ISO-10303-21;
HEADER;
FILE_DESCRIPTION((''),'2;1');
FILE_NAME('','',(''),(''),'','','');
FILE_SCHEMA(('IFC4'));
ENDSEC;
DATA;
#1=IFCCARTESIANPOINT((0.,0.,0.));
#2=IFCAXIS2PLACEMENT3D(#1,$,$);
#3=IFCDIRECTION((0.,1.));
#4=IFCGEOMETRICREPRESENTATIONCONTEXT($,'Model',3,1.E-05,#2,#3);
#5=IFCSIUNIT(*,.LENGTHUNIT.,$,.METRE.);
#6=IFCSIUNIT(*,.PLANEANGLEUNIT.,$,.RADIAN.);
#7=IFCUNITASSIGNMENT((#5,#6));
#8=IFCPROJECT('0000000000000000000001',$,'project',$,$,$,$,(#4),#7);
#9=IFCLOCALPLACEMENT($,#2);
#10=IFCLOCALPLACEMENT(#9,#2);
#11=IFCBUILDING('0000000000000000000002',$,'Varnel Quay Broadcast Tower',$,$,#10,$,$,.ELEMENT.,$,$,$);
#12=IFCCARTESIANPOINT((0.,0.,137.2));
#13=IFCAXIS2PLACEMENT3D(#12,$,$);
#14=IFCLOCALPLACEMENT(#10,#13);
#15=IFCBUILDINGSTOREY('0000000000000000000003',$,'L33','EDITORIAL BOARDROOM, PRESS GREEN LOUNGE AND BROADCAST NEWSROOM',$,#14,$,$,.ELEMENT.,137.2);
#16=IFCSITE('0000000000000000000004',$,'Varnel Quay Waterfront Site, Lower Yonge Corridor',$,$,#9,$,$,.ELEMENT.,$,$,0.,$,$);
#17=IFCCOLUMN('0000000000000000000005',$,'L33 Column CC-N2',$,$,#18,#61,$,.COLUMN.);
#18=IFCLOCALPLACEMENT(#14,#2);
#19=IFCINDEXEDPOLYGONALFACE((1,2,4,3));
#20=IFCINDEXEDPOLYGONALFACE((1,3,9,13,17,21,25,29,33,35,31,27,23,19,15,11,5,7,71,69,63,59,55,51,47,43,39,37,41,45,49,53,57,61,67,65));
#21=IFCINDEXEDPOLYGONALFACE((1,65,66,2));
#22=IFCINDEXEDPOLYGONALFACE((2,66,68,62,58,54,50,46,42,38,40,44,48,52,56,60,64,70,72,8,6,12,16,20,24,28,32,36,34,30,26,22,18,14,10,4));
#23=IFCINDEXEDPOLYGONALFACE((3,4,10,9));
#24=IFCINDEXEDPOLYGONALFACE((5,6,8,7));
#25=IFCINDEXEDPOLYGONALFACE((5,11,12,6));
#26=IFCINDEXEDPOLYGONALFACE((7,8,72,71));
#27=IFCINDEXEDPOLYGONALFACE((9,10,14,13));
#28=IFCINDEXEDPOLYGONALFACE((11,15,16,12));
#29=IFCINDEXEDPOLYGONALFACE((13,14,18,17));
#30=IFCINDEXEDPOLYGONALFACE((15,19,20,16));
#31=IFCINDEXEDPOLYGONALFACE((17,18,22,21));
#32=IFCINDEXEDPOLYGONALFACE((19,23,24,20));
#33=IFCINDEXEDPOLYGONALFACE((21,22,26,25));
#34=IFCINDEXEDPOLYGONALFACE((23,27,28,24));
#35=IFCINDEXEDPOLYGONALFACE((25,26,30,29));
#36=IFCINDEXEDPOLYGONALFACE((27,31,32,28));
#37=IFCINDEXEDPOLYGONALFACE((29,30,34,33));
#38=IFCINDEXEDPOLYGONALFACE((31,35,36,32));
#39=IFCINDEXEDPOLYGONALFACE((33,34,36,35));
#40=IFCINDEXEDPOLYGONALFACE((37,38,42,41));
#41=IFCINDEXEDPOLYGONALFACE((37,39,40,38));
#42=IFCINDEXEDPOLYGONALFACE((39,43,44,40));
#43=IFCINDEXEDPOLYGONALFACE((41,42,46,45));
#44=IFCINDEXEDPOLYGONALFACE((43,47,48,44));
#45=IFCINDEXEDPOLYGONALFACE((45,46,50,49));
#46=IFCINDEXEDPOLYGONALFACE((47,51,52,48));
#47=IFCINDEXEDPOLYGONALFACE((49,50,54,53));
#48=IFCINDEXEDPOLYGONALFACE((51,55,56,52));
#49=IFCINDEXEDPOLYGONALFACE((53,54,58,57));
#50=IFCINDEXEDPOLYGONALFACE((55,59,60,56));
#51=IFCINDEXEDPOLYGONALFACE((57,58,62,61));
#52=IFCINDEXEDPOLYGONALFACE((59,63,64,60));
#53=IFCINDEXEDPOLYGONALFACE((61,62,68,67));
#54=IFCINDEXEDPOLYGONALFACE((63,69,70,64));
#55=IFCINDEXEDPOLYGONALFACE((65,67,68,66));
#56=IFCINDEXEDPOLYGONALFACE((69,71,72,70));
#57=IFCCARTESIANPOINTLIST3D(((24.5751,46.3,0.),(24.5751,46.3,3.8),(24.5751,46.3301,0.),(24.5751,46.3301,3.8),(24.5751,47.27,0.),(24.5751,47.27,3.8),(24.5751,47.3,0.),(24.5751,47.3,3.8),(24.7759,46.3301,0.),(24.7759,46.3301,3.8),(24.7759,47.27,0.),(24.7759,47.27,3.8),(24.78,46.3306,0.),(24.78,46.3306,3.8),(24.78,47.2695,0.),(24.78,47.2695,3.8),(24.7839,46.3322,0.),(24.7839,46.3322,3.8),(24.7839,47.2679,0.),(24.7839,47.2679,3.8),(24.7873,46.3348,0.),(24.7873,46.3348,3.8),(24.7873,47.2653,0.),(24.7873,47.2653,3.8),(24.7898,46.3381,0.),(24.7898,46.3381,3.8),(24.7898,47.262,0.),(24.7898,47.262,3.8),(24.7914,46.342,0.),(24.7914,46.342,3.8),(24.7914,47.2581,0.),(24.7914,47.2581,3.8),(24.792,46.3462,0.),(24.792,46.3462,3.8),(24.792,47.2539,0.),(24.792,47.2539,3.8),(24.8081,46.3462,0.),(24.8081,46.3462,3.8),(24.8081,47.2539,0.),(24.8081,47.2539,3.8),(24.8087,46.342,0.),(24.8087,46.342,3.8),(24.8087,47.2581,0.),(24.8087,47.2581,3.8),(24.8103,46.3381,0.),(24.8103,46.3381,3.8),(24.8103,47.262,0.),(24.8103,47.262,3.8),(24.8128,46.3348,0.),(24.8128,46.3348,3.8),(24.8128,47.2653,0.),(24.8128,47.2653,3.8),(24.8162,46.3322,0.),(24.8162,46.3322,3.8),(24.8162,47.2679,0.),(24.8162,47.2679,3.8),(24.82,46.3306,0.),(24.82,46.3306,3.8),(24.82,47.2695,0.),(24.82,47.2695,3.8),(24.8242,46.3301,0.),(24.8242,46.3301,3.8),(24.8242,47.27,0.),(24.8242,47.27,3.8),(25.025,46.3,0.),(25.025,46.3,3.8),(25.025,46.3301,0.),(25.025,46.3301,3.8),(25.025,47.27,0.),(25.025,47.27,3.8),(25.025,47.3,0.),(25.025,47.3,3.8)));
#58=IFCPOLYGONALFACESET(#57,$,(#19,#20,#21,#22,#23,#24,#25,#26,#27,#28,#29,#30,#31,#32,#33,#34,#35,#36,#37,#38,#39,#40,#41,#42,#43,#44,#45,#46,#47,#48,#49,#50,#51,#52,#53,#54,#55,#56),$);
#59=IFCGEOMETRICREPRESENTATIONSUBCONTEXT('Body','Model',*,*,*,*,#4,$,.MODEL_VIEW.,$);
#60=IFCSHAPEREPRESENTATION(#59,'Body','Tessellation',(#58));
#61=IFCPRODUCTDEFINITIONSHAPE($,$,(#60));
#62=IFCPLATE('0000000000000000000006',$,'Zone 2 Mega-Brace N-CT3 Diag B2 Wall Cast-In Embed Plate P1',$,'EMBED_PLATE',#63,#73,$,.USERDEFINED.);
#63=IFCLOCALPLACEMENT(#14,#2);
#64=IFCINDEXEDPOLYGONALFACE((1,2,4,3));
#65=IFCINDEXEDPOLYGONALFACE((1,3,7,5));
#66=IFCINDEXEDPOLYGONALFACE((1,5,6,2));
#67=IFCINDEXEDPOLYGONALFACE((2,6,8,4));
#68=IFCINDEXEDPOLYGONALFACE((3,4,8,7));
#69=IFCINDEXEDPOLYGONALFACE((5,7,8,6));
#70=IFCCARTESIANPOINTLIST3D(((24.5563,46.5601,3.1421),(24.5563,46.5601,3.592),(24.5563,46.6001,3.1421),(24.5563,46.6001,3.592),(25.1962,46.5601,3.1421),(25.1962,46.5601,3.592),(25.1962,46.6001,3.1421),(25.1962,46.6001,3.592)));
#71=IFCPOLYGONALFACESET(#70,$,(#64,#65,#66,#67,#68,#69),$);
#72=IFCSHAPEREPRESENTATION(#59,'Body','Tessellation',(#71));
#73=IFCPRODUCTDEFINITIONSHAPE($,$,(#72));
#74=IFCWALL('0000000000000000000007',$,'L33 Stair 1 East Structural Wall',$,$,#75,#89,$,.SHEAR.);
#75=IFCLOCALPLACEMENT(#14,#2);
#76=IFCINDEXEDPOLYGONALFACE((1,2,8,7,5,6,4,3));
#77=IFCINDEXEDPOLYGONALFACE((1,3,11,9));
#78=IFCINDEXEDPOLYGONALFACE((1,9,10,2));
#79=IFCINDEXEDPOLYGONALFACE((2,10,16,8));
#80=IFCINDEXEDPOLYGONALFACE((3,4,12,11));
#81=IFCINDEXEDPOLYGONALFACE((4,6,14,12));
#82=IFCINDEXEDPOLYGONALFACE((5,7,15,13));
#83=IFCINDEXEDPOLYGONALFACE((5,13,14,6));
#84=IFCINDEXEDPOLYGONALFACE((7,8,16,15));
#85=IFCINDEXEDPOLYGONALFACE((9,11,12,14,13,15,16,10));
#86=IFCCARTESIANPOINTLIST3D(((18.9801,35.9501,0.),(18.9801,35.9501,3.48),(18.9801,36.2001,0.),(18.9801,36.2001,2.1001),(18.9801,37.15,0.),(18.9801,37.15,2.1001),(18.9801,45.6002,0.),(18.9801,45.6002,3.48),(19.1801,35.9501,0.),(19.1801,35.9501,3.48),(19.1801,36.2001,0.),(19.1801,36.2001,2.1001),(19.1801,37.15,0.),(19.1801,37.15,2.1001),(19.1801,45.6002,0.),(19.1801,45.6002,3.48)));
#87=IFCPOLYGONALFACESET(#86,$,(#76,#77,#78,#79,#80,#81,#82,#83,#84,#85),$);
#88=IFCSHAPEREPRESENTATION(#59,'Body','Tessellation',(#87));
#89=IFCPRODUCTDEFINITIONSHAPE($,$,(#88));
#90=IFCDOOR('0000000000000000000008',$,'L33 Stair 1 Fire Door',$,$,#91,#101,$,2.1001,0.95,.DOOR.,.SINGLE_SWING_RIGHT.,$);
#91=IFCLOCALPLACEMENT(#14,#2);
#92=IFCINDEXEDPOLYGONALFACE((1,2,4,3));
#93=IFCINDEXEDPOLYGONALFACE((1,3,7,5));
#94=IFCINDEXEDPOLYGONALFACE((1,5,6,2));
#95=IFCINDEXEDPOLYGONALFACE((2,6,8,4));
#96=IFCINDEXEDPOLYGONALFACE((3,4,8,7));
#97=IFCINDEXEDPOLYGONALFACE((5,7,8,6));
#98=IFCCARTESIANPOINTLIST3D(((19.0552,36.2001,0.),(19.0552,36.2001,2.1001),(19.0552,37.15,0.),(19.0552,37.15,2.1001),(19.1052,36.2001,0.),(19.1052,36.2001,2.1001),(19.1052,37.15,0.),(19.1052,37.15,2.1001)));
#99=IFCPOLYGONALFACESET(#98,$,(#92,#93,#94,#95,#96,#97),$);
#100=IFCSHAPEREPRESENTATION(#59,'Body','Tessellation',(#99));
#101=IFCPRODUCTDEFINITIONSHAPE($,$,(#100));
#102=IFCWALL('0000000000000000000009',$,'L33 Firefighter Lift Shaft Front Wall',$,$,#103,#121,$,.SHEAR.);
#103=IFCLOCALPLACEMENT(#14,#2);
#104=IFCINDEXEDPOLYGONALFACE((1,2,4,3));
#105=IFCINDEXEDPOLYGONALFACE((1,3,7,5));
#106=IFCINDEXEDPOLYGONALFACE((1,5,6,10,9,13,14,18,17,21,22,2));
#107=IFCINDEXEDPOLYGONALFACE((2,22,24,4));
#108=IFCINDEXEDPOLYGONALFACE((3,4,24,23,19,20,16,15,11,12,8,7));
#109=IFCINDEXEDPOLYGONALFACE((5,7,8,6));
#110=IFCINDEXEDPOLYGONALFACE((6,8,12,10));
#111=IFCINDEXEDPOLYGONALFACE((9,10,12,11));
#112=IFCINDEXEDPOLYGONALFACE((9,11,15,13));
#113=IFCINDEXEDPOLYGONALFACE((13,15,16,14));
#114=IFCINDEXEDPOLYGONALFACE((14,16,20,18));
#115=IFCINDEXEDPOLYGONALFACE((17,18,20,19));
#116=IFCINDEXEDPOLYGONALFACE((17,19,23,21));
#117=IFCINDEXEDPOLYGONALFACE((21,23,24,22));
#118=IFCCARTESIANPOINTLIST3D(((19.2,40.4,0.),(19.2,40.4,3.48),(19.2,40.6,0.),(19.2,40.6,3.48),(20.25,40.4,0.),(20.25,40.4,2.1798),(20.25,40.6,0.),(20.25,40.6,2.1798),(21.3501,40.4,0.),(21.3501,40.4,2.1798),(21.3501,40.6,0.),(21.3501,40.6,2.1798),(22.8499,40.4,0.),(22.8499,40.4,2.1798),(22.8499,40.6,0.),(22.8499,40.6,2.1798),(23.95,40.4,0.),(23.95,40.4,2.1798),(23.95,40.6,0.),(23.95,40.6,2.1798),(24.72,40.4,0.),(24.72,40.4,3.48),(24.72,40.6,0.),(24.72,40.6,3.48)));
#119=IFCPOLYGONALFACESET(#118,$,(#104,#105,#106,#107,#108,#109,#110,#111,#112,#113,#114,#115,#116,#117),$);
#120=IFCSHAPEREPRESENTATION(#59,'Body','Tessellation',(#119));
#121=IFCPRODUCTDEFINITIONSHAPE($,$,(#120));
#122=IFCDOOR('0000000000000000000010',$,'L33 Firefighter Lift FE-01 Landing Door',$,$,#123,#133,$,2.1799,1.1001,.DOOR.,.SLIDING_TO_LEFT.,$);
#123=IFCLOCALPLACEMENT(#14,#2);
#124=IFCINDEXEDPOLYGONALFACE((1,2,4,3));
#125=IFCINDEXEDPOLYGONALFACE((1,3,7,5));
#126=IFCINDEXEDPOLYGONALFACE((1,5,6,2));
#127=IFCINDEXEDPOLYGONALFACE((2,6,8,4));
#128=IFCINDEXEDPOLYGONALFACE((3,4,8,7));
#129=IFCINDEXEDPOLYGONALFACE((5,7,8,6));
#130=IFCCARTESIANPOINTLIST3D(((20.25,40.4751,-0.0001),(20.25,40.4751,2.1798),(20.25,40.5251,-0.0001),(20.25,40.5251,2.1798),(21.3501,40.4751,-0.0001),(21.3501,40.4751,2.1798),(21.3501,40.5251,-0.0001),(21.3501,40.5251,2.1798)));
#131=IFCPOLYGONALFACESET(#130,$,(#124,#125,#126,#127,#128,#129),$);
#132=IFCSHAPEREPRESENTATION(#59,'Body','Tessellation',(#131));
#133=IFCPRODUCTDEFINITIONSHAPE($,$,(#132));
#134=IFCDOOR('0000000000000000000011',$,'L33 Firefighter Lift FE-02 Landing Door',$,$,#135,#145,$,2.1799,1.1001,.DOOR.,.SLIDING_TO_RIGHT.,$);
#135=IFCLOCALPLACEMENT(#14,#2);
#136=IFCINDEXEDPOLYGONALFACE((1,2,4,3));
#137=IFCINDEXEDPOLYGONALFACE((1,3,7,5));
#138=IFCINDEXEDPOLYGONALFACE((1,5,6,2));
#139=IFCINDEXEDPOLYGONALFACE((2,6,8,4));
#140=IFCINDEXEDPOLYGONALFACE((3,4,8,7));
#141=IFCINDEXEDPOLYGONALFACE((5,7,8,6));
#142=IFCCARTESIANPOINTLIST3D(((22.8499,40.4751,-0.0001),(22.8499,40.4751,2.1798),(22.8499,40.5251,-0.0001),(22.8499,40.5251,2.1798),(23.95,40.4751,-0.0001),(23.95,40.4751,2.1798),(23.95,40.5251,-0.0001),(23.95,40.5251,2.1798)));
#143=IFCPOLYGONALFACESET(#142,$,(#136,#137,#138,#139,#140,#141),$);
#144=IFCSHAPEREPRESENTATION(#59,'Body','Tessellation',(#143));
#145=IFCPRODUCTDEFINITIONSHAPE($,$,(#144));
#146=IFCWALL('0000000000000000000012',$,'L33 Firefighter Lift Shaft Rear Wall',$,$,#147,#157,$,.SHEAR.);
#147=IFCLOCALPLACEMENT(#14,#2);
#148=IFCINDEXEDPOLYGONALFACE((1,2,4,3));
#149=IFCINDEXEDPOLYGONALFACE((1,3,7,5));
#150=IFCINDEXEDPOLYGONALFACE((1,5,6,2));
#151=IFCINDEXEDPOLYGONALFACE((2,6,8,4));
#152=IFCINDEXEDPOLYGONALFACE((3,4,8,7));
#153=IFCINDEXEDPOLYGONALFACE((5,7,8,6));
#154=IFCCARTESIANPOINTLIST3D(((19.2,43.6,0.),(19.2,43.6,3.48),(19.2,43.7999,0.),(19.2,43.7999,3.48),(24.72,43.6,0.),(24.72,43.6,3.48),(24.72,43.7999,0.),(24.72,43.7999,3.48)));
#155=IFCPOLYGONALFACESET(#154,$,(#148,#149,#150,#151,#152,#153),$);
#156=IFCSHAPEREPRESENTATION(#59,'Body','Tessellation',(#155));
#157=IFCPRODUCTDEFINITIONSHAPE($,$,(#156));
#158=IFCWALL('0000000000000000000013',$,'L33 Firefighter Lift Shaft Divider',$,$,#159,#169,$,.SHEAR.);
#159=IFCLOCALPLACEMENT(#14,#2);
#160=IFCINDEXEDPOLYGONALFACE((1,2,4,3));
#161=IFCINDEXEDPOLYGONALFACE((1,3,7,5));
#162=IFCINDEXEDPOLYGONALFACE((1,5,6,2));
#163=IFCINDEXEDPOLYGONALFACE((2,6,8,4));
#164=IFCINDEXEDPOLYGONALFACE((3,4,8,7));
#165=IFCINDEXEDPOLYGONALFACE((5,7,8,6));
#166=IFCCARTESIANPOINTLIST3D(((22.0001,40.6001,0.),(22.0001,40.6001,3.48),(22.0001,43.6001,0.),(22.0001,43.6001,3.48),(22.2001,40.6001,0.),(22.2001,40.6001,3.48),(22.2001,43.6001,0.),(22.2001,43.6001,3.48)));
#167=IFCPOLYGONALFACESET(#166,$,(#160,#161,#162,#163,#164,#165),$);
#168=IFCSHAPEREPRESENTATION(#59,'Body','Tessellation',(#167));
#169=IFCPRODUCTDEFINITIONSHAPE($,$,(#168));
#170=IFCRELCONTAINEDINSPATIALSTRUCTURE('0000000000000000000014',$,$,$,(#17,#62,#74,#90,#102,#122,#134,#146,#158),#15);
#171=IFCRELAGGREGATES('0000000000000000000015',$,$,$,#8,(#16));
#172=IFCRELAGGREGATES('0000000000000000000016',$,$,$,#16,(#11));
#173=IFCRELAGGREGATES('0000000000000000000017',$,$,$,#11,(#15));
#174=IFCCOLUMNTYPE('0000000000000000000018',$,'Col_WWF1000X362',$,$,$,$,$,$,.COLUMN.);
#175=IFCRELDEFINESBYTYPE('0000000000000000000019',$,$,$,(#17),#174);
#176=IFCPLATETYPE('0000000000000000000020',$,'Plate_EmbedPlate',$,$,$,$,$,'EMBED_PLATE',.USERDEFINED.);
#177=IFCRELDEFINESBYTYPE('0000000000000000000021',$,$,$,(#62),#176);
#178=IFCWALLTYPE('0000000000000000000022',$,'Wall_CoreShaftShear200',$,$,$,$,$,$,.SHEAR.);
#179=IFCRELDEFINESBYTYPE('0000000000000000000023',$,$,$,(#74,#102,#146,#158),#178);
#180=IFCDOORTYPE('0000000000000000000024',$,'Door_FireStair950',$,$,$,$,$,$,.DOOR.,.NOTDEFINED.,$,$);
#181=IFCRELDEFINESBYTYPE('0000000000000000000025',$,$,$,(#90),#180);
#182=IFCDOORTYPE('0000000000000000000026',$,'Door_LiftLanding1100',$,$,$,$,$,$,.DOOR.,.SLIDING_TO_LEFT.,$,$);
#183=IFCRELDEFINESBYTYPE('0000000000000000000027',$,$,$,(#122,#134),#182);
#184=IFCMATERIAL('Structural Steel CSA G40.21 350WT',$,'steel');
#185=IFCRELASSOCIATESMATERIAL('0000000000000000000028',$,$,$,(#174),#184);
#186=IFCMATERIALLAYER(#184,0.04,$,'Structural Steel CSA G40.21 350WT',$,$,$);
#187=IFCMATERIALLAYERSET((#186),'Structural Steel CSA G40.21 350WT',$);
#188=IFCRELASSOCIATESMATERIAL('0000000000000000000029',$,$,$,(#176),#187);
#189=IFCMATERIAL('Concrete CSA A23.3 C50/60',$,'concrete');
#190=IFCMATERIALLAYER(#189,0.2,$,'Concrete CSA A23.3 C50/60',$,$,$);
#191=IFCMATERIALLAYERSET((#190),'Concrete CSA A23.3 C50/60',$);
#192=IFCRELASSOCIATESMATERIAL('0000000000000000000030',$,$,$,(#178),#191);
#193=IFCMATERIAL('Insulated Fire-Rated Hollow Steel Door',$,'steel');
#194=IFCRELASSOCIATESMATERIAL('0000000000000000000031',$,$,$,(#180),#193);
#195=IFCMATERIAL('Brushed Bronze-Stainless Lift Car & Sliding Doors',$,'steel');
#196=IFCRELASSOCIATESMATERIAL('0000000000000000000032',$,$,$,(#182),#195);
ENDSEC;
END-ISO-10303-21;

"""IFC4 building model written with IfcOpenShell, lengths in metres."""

from ifc_helpers import new_model, si_unit, direction, frame, frame_2d, origin, origin_2d, place, context, subcontext, project, spatial, rectangle, i_section, extrude, source, transform, mapped, material, layer, layer_set, material_profile, profile_set, type_object, type_shapes, element, fill, save


model = new_model("IFC4")

# Units and contexts
model_context = context("Model", 3, precision=1e-05, world=origin(), true_north=direction((0.0, 1.0)))
body_context = subcontext(model_context, "Body", "Model", "MODEL_VIEW")
ifc_project = project(units=[si_unit("LENGTHUNIT", "METRE"), si_unit("PLANEANGLEUNIT", "RADIAN")], contexts=[model_context])

# Site, building, storey
site_placement = place(None, origin())
site = spatial("IfcSite", under=ifc_project, at=site_placement, Name="Varnel Quay Waterfront Site, Lower Yonge Corridor", CompositionType="ELEMENT", RefElevation=0.0)
building_placement = place(site_placement, origin())
building = spatial("IfcBuilding", under=site, at=building_placement, Name="Varnel Quay Broadcast Tower", CompositionType="ELEMENT")
storey_placement = place(building_placement, frame((0.0, 0.0, 137.2)))
storey = spatial("IfcBuildingStorey", under=building, at=storey_placement, Name="L33", Description="EDITORIAL BOARDROOM, PRESS GREEN LOUNGE AND BROADCAST NEWSROOM", CompositionType="ELEMENT", Elevation=137.2)

# Column
ifc_material_1 = material(Name="Structural Steel CSA G40.21 350WT", Category="steel")
ifc_material_profile = material_profile(ifc_material_1, i_section(OverallWidth=0.45, OverallDepth=1.0, WebThickness=0.0161, FlangeThickness=0.03, FilletRadius=0.0161, at=origin_2d()), Name="WWF1000X362")
ifc_profile_set = profile_set([ifc_material_profile], Name="Structural Steel CSA G40.21 350WT")
column_type = type_object("IfcColumnType", Name="Col_WWF1000X362", PredefinedType="COLUMN", material=ifc_profile_set)
shared_shape_1 = source(origin(), body_context, "Body", "SweptSolid", [
    extrude(i_section(OverallWidth=0.45, OverallDepth=1.0, WebThickness=0.0161, FlangeThickness=0.03, FilletRadius=0.0161, at=origin_2d()), origin(), (0.0, 0.0, 1.0), 3.8),
])
type_shapes(column_type, [shared_shape_1])
column_placement = place(storey_placement, frame((24.8, 46.8, 0.0), z_axis=(0.0, 0.0, 1.0), x_axis=(1.0, 0.0, 0.0)))
element("IfcColumn", 1, at=column_placement, inside=storey, type_object=column_type, Name="L33 Column CC-N2", PredefinedType="COLUMN", context=body_context, shape_type="MappedRepresentation", body=[
    mapped(shared_shape_1, transform((0.0, 0.0, 0.0), x_axis=(1.0, 0.0, 0.0), y_axis=(0.0, 1.0, 0.0), z_axis=(0.0, 0.0, 1.0), scale=1.0)),
])

# Plate
ifc_layer_1 = layer(ifc_material_1, 0.04, Name="Structural Steel CSA G40.21 350WT")
ifc_layer_set_1 = layer_set([ifc_layer_1], Name="Structural Steel CSA G40.21 350WT")
plate_type = type_object("IfcPlateType", Name="Plate_EmbedPlate", ElementType="EMBED_PLATE", PredefinedType="USERDEFINED", material=ifc_layer_set_1)
shared_shape_2 = source(origin(), body_context, "Body", "SweptSolid", [
    extrude(rectangle(XDim=0.6399, YDim=0.04, at=origin_2d()), origin(), (0.0, 0.0, 1.0), 0.45),
])
type_shapes(plate_type, [shared_shape_2])
plate_placement = place(storey_placement, frame((24.8762, 46.5801, 3.1421), z_axis=(0.0, 0.0, 1.0), x_axis=(1.0, 0.0, 0.0)))
element("IfcPlate", 2, at=plate_placement, inside=storey, type_object=plate_type, Name="Zone 2 Mega-Brace N-CT3 Diag B2 Wall Cast-In Embed Plate P1", ObjectType="EMBED_PLATE", PredefinedType="USERDEFINED", context=body_context, shape_type="MappedRepresentation", body=[
    mapped(shared_shape_2, transform((0.0, 0.0, 0.0), x_axis=(1.0, 0.0, 0.0), y_axis=(0.0, 1.0, 0.0), z_axis=(0.0, 0.0, 1.0), scale=1.0)),
])

# Wall, opening, door
ifc_material_2 = material(Name="Concrete CSA A23.3 C50/60", Category="concrete")
ifc_layer_2 = layer(ifc_material_2, 0.2, Name="Concrete CSA A23.3 C50/60")
ifc_layer_set_2 = layer_set([ifc_layer_2], Name="Concrete CSA A23.3 C50/60")
wall_type_1 = type_object("IfcWallType", Name="Wall_CoreShaftShear200", PredefinedType="SHEAR", material=ifc_layer_set_2)
wall_1_placement = place(storey_placement, frame((19.0801, 35.95, 0.0), z_axis=(0.0, 0.0, 1.0), x_axis=(0.0, 1.0, 0.0)))
wall_1 = element("IfcWall", 3, at=wall_1_placement, inside=storey, type_object=wall_type_1, Name="L33 Stair 1 East Structural Wall", PredefinedType="SHEAR", context=body_context, shape_type="SweptSolid", body=[
    extrude(rectangle(XDim=9.6501, YDim=0.2, at=frame_2d((4.8252, 0.0))), origin(), (0.0, 0.0, 1.0), 3.48),
])
opening_1_placement = place(wall_1_placement, frame((0.25, 0.0, 0.0)))
opening_1 = element("IfcOpeningElement", 4, at=opening_1_placement, cuts=wall_1, PredefinedType="OPENING", context=body_context, shape_type="SweptSolid", body=[
    extrude(rectangle(XDim=0.95, YDim=2.1001, at=frame_2d((0.4751, 1.05))), frame((0.0, 0.1099, 0.0), z_axis=(0.0, -1.0, 0.0), x_axis=(1.0, 0.0, 0.0)), (0.0, 0.0, 1.0), 0.22),
])
ifc_material_3 = material(Name="Insulated Fire-Rated Hollow Steel Door", Category="steel")
door_type_1 = type_object("IfcDoorType", Name="Door_FireStair950", OperationType="NOTDEFINED", PredefinedType="DOOR", material=ifc_material_3)
shared_shape_3 = source(origin(), body_context, "Body", "SweptSolid", [
    extrude(rectangle(XDim=0.95, YDim=2.1001, at=frame_2d((0.4751, 1.05))), frame((0.0, 0.0249, 0.0), z_axis=(0.0, -1.0, 0.0), x_axis=(1.0, 0.0, 0.0)), (0.0, 0.0, 1.0), 0.05),
])
type_shapes(door_type_1, [shared_shape_3])
door_1_placement = place(opening_1_placement, origin())
door_1 = element("IfcDoor", 5, at=door_1_placement, inside=storey, type_object=door_type_1, Name="L33 Stair 1 Fire Door", OperationType="SINGLE_SWING_RIGHT", OverallHeight=2.1001, OverallWidth=0.95, PredefinedType="DOOR", context=body_context, shape_type="MappedRepresentation", body=[
    mapped(shared_shape_3, transform((0.0, 0.0, 0.0), x_axis=(1.0, 0.0, 0.0), y_axis=(0.0, 1.0, 0.0), z_axis=(0.0, 0.0, 1.0), scale=1.0)),
])
fill(opening_1, door_1)

# Wall, openings, doors
wall_2_placement = place(storey_placement, frame((19.2, 40.5, 0.0), z_axis=(0.0, 0.0, 1.0), x_axis=(1.0, 0.0, 0.0)))
wall_2 = element("IfcWall", 6, at=wall_2_placement, inside=storey, type_object=wall_type_1, Name="L33 Firefighter Lift Shaft Front Wall", PredefinedType="SHEAR", context=body_context, shape_type="SweptSolid", body=[
    extrude(rectangle(XDim=5.52, YDim=0.2, at=frame_2d((2.76, 0.0))), origin(), (0.0, 0.0, 1.0), 3.48),
])
opening_2_placement = place(wall_2_placement, frame((1.05, 0.0, 0.0)))
opening_2 = element("IfcOpeningElement", 7, at=opening_2_placement, cuts=wall_2, PredefinedType="OPENING", context=body_context, shape_type="SweptSolid", body=[
    extrude(rectangle(XDim=1.1001, YDim=2.1799, at=frame_2d((0.55, 1.0898))), frame((0.0, 0.1099, 0.0), z_axis=(0.0, -1.0, 0.0), x_axis=(1.0, 0.0, 0.0)), (0.0, 0.0, 1.0), 0.22),
])
opening_3_placement = place(wall_2_placement, frame((3.6499, 0.0, 0.0)))
opening_3 = element("IfcOpeningElement", 8, at=opening_3_placement, cuts=wall_2, PredefinedType="OPENING", context=body_context, shape_type="SweptSolid", body=[
    extrude(rectangle(XDim=1.1001, YDim=2.1799, at=frame_2d((0.55, 1.0898))), frame((0.0, 0.1099, 0.0), z_axis=(0.0, -1.0, 0.0), x_axis=(1.0, 0.0, 0.0)), (0.0, 0.0, 1.0), 0.22),
])
ifc_material_4 = material(Name="Brushed Bronze-Stainless Lift Car & Sliding Doors", Category="steel")
door_type_2 = type_object("IfcDoorType", Name="Door_LiftLanding1100", OperationType="SLIDING_TO_LEFT", PredefinedType="DOOR", material=ifc_material_4)
shared_shape_4 = source(origin(), body_context, "Body", "SweptSolid", [
    extrude(rectangle(XDim=1.1001, YDim=2.1799, at=frame_2d((0.55, 1.0898))), frame((0.0, 0.0249, 0.0), z_axis=(0.0, -1.0, 0.0), x_axis=(1.0, 0.0, 0.0)), (0.0, 0.0, 1.0), 0.05),
])
type_shapes(door_type_2, [shared_shape_4])
door_2_placement = place(opening_2_placement, frame((1.1001, 0.0, 0.0), z_axis=(0.0, 0.0, 1.0), x_axis=(-1.0, 0.0, 0.0)))
door_2 = element("IfcDoor", 9, at=door_2_placement, inside=storey, type_object=door_type_2, Name="L33 Firefighter Lift FE-01 Landing Door", OperationType="SLIDING_TO_LEFT", OverallHeight=2.1799, OverallWidth=1.1001, PredefinedType="DOOR", context=body_context, shape_type="MappedRepresentation", body=[
    mapped(shared_shape_4, transform((0.0, 0.0, 0.0), x_axis=(1.0, 0.0, 0.0), y_axis=(0.0, 1.0, 0.0), z_axis=(0.0, 0.0, 1.0), scale=1.0)),
])
fill(opening_2, door_2)
door_3_placement = place(opening_3_placement, frame((1.1001, 0.0, 0.0), z_axis=(0.0, 0.0, 1.0), x_axis=(-1.0, 0.0, 0.0)))
door_3 = element("IfcDoor", 10, at=door_3_placement, inside=storey, type_object=door_type_2, Name="L33 Firefighter Lift FE-02 Landing Door", OperationType="SLIDING_TO_RIGHT", OverallHeight=2.1799, OverallWidth=1.1001, PredefinedType="DOOR", context=body_context, shape_type="MappedRepresentation", body=[
    mapped(shared_shape_4, transform((0.0, 0.0, 0.0), x_axis=(1.0, 0.0, 0.0), y_axis=(0.0, 1.0, 0.0), z_axis=(0.0, 0.0, 1.0), scale=1.0)),
])
fill(opening_3, door_3)

# Walls
wall_3_placement = place(storey_placement, frame((19.2, 43.7, 0.0), z_axis=(0.0, 0.0, 1.0), x_axis=(1.0, 0.0, 0.0)))
element("IfcWall", 11, at=wall_3_placement, inside=storey, type_object=wall_type_1, Name="L33 Firefighter Lift Shaft Rear Wall", PredefinedType="SHEAR", context=body_context, shape_type="SweptSolid", body=[
    extrude(rectangle(XDim=5.52, YDim=0.2, at=frame_2d((2.76, 0.0))), origin(), (0.0, 0.0, 1.0), 3.48),
])
wall_4_placement = place(storey_placement, frame((22.1001, 40.6001, 0.0), z_axis=(0.0, 0.0, 1.0), x_axis=(0.0, 1.0, 0.0)))
element("IfcWall", 12, at=wall_4_placement, inside=storey, type_object=wall_type_1, Name="L33 Firefighter Lift Shaft Divider", PredefinedType="SHEAR", context=body_context, shape_type="SweptSolid", body=[
    extrude(rectangle(XDim=3.0, YDim=0.2, at=frame_2d((1.5, 0.0))), origin(), (0.0, 0.0, 1.0), 3.48),
])

save(model, "model.ifc")
